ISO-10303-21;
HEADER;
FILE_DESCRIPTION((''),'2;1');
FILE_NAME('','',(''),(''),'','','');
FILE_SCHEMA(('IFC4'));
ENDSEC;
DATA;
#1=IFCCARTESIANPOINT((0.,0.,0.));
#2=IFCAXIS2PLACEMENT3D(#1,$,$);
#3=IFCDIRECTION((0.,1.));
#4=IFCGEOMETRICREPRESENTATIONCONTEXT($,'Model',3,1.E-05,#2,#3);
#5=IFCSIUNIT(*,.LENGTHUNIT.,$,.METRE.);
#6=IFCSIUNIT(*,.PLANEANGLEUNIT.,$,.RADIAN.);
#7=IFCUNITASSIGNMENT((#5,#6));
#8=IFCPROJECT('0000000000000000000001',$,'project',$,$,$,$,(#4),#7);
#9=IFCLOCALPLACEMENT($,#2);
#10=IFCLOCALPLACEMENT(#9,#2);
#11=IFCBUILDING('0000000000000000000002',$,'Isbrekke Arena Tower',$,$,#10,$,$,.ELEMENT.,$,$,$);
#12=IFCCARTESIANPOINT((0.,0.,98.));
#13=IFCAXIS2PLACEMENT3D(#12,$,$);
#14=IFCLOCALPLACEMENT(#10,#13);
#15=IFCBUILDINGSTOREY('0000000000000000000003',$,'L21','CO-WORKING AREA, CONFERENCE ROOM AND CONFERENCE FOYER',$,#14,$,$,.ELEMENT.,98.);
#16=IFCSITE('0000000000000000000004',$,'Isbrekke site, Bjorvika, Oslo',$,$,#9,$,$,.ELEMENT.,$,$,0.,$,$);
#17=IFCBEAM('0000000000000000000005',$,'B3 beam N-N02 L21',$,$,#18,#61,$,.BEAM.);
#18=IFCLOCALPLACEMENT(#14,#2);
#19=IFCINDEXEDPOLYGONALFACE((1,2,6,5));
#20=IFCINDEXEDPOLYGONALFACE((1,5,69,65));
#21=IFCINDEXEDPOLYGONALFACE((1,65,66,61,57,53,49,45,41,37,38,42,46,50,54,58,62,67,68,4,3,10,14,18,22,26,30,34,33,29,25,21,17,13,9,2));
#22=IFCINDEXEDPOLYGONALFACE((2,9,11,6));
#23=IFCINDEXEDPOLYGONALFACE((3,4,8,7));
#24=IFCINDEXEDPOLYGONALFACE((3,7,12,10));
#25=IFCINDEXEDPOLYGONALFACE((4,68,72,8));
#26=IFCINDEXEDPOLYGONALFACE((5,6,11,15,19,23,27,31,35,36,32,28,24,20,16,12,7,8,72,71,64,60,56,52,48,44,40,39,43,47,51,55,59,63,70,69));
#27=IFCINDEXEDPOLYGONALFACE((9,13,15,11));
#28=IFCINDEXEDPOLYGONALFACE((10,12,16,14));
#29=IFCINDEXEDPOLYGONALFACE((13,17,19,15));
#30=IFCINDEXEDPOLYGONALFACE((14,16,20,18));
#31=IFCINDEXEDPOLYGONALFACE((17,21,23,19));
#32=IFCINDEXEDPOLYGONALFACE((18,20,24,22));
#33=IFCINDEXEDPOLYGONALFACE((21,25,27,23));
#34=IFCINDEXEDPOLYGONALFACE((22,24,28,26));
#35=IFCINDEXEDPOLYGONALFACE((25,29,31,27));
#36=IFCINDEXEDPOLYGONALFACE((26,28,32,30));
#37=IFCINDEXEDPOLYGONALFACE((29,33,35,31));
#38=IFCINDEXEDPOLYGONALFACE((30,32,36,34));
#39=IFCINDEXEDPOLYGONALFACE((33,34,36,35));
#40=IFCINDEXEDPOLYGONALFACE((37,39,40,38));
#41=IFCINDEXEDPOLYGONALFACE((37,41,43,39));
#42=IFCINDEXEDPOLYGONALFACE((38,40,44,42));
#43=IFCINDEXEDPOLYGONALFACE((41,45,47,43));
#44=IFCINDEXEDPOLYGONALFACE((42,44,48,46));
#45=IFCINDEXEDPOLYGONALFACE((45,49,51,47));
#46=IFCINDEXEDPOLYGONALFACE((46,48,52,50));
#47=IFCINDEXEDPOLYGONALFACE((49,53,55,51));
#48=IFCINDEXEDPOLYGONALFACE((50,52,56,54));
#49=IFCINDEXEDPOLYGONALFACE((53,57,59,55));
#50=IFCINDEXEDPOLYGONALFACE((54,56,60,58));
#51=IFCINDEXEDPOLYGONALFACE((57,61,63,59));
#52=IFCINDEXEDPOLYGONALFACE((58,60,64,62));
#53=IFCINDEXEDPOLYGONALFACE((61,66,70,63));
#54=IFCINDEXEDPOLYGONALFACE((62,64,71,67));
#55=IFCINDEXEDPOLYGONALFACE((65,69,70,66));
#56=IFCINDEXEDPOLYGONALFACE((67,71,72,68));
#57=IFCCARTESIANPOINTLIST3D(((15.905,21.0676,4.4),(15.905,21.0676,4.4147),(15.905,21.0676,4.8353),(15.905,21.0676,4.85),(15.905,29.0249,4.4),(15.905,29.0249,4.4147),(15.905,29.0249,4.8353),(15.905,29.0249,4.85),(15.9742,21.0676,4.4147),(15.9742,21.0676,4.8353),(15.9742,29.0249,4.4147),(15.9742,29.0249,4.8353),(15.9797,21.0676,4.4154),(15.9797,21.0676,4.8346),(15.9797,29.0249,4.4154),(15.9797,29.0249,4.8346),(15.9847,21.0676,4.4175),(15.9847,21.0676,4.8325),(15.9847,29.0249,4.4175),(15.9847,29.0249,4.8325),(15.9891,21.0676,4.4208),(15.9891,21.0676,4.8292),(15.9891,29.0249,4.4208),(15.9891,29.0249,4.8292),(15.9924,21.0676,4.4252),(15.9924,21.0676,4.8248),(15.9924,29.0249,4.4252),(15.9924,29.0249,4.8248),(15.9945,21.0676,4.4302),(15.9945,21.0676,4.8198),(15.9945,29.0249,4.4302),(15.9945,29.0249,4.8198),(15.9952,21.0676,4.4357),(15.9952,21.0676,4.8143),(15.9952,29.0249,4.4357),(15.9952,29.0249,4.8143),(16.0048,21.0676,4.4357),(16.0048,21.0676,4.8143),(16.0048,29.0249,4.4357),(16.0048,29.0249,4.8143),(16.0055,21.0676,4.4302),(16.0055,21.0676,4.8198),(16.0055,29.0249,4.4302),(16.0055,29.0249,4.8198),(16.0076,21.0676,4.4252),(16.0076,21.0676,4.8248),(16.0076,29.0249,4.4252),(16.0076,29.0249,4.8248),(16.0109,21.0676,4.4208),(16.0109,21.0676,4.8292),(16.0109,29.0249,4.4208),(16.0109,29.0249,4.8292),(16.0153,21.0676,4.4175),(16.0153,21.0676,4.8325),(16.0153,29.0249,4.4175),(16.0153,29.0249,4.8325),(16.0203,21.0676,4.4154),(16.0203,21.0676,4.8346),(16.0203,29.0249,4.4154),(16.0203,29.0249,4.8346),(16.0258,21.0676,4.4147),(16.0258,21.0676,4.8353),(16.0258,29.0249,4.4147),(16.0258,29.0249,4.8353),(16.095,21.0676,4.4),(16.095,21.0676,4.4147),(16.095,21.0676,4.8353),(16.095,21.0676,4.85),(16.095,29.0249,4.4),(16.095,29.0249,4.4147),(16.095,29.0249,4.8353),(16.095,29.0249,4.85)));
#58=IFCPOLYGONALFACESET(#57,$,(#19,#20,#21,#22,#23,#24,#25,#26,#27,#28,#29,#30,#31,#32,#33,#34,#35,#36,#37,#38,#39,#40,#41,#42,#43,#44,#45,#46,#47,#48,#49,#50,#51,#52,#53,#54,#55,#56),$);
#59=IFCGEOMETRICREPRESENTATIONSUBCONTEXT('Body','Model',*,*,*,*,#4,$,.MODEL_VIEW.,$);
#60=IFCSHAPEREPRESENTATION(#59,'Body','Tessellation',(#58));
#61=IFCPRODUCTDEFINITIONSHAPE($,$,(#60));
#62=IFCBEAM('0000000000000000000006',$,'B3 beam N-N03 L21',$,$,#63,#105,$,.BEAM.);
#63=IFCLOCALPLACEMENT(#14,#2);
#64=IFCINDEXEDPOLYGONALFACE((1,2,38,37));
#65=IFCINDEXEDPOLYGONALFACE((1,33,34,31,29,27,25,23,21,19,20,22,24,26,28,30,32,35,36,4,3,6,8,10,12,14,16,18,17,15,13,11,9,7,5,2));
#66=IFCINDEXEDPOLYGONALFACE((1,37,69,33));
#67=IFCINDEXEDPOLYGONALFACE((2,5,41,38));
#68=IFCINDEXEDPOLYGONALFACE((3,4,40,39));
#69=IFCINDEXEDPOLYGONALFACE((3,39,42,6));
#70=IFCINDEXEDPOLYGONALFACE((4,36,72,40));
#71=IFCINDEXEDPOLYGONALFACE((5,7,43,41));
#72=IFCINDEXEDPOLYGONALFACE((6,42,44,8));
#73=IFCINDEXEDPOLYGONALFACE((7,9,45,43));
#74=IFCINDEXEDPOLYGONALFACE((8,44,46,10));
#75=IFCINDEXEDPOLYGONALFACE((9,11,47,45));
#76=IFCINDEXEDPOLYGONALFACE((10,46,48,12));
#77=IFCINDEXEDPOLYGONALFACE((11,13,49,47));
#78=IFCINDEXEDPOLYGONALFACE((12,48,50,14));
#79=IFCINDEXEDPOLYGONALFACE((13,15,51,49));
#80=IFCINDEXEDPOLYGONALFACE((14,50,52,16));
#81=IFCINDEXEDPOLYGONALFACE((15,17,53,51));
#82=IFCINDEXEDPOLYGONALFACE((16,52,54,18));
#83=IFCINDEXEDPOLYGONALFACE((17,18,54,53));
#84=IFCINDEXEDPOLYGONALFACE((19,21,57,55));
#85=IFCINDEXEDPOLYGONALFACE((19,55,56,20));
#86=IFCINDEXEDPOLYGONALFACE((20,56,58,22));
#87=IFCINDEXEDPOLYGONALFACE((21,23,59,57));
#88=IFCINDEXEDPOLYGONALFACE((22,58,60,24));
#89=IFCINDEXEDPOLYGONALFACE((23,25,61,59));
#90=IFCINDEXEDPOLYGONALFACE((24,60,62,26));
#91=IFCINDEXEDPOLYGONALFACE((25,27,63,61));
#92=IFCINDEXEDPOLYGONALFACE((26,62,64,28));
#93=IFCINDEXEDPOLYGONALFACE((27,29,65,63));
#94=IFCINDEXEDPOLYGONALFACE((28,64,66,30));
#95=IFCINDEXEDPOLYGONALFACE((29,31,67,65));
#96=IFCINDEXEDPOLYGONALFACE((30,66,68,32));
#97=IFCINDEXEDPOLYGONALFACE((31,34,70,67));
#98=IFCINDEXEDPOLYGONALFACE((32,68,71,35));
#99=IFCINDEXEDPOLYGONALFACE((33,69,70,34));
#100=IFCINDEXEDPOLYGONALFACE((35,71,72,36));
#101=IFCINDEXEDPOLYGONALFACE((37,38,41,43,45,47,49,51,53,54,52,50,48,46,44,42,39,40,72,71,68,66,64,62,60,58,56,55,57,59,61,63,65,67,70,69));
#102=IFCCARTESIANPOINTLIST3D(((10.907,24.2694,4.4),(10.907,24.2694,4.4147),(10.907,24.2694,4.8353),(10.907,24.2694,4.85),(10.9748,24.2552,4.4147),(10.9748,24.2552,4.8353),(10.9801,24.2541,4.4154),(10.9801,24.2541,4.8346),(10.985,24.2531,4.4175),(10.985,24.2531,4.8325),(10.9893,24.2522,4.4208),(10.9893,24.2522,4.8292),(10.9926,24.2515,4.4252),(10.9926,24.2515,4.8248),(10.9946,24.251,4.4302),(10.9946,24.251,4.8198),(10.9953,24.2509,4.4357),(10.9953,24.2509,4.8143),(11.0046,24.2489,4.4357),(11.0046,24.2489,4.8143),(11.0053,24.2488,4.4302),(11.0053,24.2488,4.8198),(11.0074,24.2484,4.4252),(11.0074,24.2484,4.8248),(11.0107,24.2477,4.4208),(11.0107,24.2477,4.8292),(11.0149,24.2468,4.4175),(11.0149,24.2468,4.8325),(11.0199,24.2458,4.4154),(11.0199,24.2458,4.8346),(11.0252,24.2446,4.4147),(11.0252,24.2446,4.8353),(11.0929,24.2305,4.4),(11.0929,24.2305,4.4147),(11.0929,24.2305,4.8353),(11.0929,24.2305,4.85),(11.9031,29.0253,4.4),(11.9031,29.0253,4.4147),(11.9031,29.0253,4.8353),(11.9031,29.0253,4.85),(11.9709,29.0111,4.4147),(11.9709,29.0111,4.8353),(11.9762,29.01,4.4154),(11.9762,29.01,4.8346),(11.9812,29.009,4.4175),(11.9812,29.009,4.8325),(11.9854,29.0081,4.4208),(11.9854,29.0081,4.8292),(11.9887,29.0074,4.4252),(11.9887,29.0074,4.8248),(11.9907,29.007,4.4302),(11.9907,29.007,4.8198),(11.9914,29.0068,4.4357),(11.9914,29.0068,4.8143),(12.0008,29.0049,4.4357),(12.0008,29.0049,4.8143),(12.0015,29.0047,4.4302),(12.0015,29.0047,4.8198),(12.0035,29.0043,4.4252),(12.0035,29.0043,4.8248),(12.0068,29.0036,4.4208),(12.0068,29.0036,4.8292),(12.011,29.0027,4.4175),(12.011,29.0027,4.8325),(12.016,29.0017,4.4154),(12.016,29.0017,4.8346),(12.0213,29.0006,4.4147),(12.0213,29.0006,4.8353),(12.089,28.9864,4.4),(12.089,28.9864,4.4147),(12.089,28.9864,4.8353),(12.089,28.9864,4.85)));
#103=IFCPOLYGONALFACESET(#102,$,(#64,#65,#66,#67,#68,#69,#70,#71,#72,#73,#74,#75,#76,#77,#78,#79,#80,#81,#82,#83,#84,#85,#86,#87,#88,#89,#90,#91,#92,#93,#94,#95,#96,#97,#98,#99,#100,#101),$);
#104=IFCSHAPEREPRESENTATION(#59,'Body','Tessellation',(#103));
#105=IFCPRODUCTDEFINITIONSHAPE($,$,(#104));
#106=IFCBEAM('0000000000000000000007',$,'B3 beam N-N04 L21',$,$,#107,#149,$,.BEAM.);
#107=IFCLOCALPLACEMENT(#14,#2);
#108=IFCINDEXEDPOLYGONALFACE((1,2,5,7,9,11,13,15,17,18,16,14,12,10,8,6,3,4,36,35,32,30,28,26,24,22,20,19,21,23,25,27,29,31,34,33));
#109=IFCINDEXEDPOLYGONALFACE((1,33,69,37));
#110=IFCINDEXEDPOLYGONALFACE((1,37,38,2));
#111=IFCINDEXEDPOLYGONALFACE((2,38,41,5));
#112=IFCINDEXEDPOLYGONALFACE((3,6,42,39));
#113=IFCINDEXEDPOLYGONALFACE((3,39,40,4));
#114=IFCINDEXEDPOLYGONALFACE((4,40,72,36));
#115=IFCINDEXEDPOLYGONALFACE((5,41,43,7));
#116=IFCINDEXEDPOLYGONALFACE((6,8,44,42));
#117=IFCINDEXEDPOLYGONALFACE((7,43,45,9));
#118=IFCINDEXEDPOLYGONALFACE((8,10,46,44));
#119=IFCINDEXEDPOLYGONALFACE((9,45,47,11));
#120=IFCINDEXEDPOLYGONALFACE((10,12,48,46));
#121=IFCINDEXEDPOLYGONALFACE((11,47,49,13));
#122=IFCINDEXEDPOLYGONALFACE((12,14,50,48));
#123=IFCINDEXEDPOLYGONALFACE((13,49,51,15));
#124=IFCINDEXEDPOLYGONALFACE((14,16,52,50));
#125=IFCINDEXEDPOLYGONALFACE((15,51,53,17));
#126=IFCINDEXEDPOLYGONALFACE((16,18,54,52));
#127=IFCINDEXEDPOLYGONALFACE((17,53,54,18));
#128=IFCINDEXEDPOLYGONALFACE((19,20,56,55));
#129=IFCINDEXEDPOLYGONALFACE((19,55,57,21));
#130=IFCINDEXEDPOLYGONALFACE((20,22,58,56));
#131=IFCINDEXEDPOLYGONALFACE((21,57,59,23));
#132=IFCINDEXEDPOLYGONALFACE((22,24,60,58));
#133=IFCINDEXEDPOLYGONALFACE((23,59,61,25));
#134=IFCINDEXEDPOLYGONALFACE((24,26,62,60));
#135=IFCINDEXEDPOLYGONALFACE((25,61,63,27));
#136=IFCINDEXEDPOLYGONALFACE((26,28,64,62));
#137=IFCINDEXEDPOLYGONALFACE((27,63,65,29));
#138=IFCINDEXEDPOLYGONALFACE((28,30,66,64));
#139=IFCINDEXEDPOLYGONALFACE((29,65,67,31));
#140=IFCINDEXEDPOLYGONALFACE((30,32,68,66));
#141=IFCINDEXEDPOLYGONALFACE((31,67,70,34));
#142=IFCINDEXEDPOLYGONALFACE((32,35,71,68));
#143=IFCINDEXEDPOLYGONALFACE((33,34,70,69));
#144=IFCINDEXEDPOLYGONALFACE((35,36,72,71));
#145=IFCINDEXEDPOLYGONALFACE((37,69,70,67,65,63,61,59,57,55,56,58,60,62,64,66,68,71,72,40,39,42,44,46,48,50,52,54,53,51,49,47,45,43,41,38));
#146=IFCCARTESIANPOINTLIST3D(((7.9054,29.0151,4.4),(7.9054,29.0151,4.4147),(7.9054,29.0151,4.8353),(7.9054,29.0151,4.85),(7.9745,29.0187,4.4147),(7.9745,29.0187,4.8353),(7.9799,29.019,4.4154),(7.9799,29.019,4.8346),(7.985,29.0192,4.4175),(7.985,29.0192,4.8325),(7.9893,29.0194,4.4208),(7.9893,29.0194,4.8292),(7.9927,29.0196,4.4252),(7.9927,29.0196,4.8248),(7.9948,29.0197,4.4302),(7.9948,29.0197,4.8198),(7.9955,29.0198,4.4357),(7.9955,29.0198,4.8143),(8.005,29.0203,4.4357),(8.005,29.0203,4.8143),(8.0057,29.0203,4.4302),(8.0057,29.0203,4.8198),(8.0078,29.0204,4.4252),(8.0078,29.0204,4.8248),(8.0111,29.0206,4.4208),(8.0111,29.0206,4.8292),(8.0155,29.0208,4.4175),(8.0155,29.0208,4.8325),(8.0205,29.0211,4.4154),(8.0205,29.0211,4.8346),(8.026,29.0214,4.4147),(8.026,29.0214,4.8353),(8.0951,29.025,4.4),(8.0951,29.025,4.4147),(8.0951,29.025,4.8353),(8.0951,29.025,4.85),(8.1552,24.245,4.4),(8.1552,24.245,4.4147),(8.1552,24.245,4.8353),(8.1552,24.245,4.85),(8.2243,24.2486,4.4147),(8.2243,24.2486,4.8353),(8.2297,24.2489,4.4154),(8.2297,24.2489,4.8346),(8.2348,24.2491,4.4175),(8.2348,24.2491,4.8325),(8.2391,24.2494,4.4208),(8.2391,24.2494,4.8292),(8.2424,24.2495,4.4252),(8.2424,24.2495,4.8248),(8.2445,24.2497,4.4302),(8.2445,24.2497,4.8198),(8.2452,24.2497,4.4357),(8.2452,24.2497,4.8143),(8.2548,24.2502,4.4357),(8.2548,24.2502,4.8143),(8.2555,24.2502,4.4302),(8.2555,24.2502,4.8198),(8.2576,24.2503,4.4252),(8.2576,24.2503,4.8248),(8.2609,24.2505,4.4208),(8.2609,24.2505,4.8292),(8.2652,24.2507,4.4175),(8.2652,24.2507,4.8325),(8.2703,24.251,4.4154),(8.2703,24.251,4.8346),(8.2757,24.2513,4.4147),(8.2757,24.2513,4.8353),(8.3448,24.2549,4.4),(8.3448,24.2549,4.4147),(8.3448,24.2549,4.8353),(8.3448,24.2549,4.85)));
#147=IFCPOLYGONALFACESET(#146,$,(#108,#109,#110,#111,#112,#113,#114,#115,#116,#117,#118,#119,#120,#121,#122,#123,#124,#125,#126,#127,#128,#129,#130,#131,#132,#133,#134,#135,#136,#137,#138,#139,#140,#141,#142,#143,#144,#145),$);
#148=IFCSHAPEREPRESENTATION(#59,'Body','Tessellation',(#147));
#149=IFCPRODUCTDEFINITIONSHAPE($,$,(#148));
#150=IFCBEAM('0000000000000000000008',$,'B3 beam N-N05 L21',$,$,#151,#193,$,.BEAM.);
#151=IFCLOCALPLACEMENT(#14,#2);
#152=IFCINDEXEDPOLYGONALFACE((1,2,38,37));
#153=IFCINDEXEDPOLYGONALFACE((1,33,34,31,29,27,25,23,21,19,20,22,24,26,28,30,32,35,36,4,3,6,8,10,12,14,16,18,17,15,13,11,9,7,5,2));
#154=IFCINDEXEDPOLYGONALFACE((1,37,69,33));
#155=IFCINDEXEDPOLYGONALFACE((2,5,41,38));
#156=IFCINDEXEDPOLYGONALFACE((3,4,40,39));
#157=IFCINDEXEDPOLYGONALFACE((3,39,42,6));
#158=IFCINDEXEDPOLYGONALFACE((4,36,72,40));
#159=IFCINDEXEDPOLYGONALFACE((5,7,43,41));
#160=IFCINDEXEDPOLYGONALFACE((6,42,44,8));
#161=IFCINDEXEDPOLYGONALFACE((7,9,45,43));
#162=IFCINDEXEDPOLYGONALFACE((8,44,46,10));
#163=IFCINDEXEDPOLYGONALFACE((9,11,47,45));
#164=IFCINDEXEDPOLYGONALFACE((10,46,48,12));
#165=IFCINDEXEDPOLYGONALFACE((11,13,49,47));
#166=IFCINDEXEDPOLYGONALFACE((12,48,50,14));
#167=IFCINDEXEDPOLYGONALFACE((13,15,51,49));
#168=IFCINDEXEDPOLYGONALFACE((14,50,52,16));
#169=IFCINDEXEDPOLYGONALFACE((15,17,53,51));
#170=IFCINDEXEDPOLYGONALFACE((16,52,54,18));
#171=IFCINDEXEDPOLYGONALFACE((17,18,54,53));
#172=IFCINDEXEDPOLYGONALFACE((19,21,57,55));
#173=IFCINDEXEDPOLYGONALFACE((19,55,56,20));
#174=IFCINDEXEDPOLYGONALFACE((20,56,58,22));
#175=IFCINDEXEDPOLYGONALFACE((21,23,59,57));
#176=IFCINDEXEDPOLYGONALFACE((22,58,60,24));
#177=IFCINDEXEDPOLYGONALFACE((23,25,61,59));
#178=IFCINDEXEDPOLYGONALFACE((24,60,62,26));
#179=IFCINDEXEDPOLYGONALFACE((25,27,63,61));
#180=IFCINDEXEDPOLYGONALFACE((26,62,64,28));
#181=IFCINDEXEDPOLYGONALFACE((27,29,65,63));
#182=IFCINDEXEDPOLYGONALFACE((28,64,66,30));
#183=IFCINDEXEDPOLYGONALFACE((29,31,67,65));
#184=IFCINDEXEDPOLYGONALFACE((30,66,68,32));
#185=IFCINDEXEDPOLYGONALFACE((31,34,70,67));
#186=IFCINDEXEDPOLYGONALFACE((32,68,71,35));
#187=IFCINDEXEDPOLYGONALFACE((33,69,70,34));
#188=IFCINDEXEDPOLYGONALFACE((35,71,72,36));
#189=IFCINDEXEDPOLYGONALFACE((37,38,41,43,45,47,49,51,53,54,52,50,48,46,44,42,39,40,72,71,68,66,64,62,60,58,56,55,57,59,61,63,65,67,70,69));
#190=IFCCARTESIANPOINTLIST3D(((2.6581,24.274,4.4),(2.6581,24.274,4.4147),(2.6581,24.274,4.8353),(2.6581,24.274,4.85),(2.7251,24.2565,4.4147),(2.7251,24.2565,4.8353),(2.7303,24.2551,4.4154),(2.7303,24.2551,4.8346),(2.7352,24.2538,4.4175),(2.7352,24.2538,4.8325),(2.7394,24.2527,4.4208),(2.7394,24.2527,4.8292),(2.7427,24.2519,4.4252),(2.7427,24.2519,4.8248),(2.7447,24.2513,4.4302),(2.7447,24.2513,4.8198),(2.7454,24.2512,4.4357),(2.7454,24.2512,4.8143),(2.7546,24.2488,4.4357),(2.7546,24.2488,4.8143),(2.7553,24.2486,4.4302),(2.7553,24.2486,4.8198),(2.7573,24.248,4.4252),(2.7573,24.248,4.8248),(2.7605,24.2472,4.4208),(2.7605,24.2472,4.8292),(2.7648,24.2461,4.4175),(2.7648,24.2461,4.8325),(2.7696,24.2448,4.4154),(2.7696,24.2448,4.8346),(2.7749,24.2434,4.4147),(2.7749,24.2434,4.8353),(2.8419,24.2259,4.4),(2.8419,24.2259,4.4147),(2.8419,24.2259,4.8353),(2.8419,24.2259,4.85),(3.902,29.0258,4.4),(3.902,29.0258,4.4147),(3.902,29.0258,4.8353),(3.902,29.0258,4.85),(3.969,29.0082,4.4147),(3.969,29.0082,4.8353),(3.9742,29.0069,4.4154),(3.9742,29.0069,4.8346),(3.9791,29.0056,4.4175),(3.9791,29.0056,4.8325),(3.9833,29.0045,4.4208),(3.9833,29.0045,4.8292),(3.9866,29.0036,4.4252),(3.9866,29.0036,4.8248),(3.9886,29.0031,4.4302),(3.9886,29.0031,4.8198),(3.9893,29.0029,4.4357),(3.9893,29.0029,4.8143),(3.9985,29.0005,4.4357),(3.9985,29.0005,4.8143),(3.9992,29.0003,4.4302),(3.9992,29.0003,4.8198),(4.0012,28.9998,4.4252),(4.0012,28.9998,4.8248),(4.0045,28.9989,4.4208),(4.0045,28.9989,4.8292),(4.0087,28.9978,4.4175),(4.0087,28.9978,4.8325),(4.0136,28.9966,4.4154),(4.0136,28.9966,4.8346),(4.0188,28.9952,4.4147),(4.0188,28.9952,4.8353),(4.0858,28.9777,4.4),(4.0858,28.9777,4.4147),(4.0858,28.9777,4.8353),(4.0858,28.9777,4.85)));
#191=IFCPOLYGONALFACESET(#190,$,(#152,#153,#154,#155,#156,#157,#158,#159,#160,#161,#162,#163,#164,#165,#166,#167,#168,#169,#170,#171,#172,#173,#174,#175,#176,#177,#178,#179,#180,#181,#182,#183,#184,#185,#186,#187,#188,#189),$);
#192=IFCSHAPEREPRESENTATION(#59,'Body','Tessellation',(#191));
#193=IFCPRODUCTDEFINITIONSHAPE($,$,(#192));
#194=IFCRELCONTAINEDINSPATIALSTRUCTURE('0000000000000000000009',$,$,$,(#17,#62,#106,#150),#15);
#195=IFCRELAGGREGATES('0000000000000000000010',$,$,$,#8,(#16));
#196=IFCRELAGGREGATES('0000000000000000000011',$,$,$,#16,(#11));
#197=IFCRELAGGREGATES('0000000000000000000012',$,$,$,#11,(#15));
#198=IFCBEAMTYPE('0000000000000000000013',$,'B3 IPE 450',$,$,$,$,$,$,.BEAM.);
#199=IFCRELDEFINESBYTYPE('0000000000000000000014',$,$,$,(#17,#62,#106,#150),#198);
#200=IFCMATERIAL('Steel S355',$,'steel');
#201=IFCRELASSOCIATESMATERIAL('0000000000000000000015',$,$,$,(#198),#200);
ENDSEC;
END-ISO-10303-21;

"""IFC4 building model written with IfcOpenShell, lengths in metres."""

from ifc_helpers import new_model, si_unit, direction, frame, origin, origin_2d, place, context, subcontext, project, spatial, i_section, extrude, material, material_profile, profile_set, type_object, element, save


model = new_model("IFC4")

# Units and contexts
model_context = context("Model", 3, precision=1e-05, world=origin(), true_north=direction((0.0, 1.0)))
body_context = subcontext(model_context, "Body", "Model", "MODEL_VIEW")
ifc_project = project(units=[si_unit("LENGTHUNIT", "METRE"), si_unit("PLANEANGLEUNIT", "RADIAN")], contexts=[model_context])

# Site, building, storey
site_placement = place(None, origin())
site = spatial("IfcSite", under=ifc_project, at=site_placement, Name="Isbrekke site, Bjorvika, Oslo", CompositionType="ELEMENT", RefElevation=0.0)
building_placement = place(site_placement, origin())
building = spatial("IfcBuilding", under=site, at=building_placement, Name="Isbrekke Arena Tower", CompositionType="ELEMENT")
storey_placement = place(building_placement, frame((0.0, 0.0, 98.0)))
storey = spatial("IfcBuildingStorey", under=building, at=storey_placement, Name="L21", Description="CO-WORKING AREA, CONFERENCE ROOM AND CONFERENCE FOYER", CompositionType="ELEMENT", Elevation=98.0)

# Beams
ifc_material_1 = material(Name="Steel S355", Category="steel")
ifc_material_profile = material_profile(ifc_material_1, i_section(OverallWidth=0.1899, OverallDepth=0.45, WebThickness=0.0095, FlangeThickness=0.0146, FilletRadius=0.021, at=origin_2d()), Name="IPE 450")
ifc_profile_set = profile_set([ifc_material_profile], Name="Steel S355")
beam_type = type_object("IfcBeamType", Name="B3 IPE 450", PredefinedType="BEAM", material=ifc_profile_set)
beam_1_placement = place(storey_placement, frame((16.0, 29.0249, 4.625), z_axis=(0.0, -1.0, 0.0), x_axis=(1.0, 0.0, 0.0)))
element("IfcBeam", 1, at=beam_1_placement, inside=storey, type_object=beam_type, Name="B3 beam N-N02 L21", PredefinedType="BEAM", context=body_context, shape_type="SweptSolid", body=[
    extrude(i_section(OverallWidth=0.1899, OverallDepth=0.45, WebThickness=0.0095, FlangeThickness=0.0146, FilletRadius=0.021, at=origin_2d()), origin(), (0.0, 0.0, 1.0), 7.9573),
])
beam_2_placement = place(storey_placement, frame((11.9961, 29.0059, 4.625), z_axis=(-0.204997, -0.978762, 0.0), x_axis=(0.978762, -0.204997, 0.0)))
element("IfcBeam", 2, at=beam_2_placement, inside=storey, type_object=beam_type, Name="B3 beam N-N03 L21", PredefinedType="BEAM", context=body_context, shape_type="SweptSolid", body=[
    extrude(i_section(OverallWidth=0.1899, OverallDepth=0.45, WebThickness=0.0095, FlangeThickness=0.0146, FilletRadius=0.021, at=origin_2d()), origin(), (0.0, 0.0, 1.0), 4.8591),
])
beam_3_placement = place(storey_placement, frame((8.0002, 29.02, 4.625), z_axis=(0.052288, -0.998632, 0.0), x_axis=(0.998632, 0.052288, 0.0)))
element("IfcBeam", 3, at=beam_3_placement, inside=storey, type_object=beam_type, Name="B3 beam N-N04 L21", PredefinedType="BEAM", context=body_context, shape_type="SweptSolid", body=[
    extrude(i_section(OverallWidth=0.1899, OverallDepth=0.45, WebThickness=0.0095, FlangeThickness=0.0146, FilletRadius=0.021, at=origin_2d()), origin(), (0.0, 0.0, 1.0), 4.7766),
])
beam_4_placement = place(storey_placement, frame((3.9939, 29.0017, 4.625), z_axis=(-0.253245, -0.967402, 0.0), x_axis=(0.967402, -0.253245, 0.0)))
element("IfcBeam", 4, at=beam_4_placement, inside=storey, type_object=beam_type, Name="B3 beam N-N05 L21", PredefinedType="BEAM", context=body_context, shape_type="SweptSolid", body=[
    extrude(i_section(OverallWidth=0.1899, OverallDepth=0.45, WebThickness=0.0095, FlangeThickness=0.0146, FilletRadius=0.021, at=origin_2d()), origin(), (0.0, 0.0, 1.0), 4.9119),
])

save(model, "model.ifc")
